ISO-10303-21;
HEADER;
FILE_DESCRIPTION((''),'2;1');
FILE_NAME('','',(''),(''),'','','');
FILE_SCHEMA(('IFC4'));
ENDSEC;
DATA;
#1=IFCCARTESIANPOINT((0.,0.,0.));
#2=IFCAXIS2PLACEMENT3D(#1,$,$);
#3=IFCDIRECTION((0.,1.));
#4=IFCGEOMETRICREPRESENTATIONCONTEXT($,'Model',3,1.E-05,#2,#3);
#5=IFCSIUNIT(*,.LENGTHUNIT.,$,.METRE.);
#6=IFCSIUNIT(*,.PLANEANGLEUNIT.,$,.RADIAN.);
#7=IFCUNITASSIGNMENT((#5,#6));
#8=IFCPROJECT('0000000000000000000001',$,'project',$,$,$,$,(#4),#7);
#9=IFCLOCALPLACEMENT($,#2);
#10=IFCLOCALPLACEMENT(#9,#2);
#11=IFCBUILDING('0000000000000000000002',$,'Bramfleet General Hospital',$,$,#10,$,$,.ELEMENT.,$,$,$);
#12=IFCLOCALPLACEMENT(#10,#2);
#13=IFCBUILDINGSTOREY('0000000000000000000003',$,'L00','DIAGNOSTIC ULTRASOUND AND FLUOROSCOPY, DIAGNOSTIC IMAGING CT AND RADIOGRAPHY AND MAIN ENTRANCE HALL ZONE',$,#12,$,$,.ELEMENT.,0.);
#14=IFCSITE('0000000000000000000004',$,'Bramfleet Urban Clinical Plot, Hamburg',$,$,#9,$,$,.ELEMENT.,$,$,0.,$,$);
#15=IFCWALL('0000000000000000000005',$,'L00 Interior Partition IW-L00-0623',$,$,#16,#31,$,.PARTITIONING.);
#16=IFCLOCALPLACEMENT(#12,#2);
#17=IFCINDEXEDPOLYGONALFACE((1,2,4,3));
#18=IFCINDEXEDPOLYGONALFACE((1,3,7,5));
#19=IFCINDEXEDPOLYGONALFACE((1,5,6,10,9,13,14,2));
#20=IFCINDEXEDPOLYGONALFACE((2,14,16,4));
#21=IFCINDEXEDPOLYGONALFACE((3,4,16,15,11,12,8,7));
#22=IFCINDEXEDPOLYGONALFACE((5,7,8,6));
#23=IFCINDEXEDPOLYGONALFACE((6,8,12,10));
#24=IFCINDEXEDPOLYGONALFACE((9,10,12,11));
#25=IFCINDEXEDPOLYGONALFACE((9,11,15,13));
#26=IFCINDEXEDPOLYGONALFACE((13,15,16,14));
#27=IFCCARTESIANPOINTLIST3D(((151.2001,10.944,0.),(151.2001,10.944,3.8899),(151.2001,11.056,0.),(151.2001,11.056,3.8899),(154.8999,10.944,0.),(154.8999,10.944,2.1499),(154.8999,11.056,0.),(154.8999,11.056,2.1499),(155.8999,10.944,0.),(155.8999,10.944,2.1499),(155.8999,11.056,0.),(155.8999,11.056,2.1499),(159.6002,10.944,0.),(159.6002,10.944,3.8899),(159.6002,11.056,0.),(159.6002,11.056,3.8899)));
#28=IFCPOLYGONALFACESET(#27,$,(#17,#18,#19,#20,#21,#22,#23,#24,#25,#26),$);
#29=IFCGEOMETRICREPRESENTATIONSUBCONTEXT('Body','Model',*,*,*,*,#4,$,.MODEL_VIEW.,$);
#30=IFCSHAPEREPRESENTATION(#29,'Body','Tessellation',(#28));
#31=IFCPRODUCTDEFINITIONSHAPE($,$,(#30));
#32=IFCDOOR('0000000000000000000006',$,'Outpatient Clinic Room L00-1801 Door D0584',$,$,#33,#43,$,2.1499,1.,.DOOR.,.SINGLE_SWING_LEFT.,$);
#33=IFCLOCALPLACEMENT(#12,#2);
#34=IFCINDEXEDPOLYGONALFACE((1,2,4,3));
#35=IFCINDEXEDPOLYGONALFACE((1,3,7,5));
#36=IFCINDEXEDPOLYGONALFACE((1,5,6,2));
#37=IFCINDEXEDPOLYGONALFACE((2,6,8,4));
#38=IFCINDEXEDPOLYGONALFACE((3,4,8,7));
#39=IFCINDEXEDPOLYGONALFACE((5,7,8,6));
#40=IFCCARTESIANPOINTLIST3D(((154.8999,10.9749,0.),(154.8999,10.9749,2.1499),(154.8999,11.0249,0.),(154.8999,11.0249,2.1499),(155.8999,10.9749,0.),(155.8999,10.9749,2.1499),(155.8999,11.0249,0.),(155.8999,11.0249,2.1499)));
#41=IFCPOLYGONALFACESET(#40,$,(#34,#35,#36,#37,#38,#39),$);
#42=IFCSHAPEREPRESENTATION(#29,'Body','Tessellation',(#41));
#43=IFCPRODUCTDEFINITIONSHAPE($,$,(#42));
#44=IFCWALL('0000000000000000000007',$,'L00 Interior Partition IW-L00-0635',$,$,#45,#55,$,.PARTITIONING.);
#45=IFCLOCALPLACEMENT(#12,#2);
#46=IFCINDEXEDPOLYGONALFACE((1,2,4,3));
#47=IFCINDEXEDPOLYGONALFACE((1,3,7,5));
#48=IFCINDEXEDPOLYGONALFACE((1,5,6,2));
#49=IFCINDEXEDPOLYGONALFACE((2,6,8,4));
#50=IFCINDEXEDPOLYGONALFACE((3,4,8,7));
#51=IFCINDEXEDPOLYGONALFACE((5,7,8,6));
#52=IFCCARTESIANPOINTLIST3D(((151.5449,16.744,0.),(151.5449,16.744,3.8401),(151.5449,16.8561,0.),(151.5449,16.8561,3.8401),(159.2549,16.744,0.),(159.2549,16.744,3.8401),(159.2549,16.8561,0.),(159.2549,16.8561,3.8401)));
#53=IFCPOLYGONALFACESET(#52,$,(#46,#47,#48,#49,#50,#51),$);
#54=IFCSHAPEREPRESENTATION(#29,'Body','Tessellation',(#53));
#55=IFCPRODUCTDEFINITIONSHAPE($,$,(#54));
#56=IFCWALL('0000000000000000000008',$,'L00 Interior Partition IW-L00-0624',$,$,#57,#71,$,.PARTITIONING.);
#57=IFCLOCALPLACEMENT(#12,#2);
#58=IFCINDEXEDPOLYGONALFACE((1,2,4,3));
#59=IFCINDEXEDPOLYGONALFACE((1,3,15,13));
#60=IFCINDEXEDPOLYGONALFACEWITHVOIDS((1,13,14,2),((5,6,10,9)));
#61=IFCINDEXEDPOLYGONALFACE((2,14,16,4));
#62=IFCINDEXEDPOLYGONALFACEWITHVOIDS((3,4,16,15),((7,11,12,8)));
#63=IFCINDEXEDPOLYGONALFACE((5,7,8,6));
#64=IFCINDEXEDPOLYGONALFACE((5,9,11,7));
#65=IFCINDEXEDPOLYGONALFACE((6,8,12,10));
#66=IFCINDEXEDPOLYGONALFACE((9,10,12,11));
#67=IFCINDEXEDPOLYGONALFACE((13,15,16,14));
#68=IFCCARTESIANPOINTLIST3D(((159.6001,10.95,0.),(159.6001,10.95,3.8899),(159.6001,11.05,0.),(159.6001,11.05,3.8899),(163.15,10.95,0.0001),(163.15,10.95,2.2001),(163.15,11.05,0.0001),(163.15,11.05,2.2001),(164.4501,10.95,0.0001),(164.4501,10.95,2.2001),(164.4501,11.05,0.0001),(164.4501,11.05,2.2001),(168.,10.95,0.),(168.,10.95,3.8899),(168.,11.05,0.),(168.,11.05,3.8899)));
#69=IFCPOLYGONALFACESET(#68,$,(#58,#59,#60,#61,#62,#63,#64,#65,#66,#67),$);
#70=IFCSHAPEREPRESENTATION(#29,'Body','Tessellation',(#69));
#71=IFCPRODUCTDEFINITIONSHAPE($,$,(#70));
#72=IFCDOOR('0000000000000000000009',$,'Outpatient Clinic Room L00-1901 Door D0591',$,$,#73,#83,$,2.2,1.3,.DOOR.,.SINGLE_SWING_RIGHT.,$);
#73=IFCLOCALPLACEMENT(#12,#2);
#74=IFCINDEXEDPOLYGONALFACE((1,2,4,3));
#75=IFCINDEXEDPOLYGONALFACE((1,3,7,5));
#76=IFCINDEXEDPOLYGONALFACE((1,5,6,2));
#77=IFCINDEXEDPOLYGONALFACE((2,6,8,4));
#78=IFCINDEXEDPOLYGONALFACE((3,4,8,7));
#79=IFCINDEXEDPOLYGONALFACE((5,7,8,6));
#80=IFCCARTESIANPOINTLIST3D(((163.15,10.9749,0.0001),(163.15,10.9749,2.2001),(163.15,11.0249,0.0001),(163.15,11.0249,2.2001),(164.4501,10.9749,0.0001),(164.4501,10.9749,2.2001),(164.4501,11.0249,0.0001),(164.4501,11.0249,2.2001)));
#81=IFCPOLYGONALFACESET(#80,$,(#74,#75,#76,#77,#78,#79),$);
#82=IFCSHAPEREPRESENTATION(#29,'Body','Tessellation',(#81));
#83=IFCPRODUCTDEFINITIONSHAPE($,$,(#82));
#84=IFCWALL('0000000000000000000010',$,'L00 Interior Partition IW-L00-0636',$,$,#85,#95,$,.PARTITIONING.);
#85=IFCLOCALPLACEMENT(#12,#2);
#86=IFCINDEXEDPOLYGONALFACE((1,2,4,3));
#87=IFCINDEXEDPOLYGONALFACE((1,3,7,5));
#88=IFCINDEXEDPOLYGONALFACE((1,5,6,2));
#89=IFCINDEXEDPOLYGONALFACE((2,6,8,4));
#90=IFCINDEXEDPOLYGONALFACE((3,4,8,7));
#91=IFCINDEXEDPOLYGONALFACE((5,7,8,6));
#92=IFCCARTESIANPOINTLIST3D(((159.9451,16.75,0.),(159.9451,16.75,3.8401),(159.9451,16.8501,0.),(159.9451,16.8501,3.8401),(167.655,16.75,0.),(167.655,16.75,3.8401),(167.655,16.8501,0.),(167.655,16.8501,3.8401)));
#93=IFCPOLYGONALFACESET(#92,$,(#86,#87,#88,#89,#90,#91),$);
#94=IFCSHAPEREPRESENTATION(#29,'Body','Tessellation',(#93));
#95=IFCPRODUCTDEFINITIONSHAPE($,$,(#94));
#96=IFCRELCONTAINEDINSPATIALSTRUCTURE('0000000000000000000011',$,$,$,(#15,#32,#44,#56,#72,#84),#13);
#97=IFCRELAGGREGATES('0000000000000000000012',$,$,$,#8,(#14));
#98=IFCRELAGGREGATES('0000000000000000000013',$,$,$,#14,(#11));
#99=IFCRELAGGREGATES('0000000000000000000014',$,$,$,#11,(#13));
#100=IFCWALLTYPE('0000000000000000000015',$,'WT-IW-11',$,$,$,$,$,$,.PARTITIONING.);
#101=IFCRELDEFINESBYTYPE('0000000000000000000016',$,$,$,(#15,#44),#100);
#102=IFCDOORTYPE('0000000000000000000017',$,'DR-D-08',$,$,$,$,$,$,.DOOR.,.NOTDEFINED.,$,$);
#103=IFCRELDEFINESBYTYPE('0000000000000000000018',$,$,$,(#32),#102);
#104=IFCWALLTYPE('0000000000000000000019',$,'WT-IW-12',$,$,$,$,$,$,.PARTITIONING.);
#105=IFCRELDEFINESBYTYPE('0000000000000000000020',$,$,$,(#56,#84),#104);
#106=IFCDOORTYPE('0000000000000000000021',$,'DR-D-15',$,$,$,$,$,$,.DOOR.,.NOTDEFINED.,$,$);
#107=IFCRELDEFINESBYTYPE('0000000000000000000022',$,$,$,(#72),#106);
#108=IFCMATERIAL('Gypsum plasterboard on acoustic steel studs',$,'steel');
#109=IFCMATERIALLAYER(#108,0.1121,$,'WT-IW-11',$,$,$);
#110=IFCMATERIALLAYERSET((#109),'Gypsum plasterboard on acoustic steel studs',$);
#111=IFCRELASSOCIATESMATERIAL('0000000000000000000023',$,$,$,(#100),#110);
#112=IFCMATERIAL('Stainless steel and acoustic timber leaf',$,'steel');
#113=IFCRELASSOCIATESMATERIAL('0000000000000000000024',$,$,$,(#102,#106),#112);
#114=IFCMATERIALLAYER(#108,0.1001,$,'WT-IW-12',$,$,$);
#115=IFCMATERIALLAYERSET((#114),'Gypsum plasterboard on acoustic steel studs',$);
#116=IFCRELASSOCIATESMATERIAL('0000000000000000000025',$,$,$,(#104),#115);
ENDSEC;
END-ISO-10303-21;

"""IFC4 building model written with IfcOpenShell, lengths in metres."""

from ifc_helpers import new_model, si_unit, direction, frame, frame_2d, origin, place, context, subcontext, project, spatial, rectangle, extrude, material, layer, layer_set, type_object, element, fill, save


model = new_model("IFC4")

# Units and contexts
model_context = context("Model", 3, precision=1e-05, world=origin(), true_north=direction((0.0, 1.0)))
body_context = subcontext(model_context, "Body", "Model", "MODEL_VIEW")
ifc_project = project(units=[si_unit("LENGTHUNIT", "METRE"), si_unit("PLANEANGLEUNIT", "RADIAN")], contexts=[model_context])

# Site, building, storey
site_placement = place(None, origin())
site = spatial("IfcSite", under=ifc_project, at=site_placement, Name="Bramfleet Urban Clinical Plot, Hamburg", CompositionType="ELEMENT", RefElevation=0.0)
building_placement = place(site_placement, origin())
building = spatial("IfcBuilding", under=site, at=building_placement, Name="Bramfleet General Hospital", CompositionType="ELEMENT")
storey_placement = place(building_placement, origin())
storey = spatial("IfcBuildingStorey", under=building, at=storey_placement, Name="L00", Description="DIAGNOSTIC ULTRASOUND AND FLUOROSCOPY, DIAGNOSTIC IMAGING CT AND RADIOGRAPHY AND MAIN ENTRANCE HALL ZONE", CompositionType="ELEMENT", Elevation=0.0)

# Shared definitions
ifc_material_1 = material(Name="Gypsum plasterboard on acoustic steel studs", Category="steel")

# Wall, opening, door
ifc_layer_1 = layer(ifc_material_1, 0.1121, Name="WT-IW-11")
ifc_layer_set_1 = layer_set([ifc_layer_1], Name="Gypsum plasterboard on acoustic steel studs")
wall_type_1 = type_object("IfcWallType", Name="WT-IW-11", PredefinedType="PARTITIONING", material=ifc_layer_set_1)
wall_1_placement = place(storey_placement, frame((151.2, 11.0, 0.0), z_axis=(0.0, 0.0, 1.0), x_axis=(1.0, 0.0, 0.0)))
wall_1 = element("IfcWall", 1, at=wall_1_placement, inside=storey, type_object=wall_type_1, Name="L00 Interior Partition IW-L00-0623", PredefinedType="PARTITIONING", context=body_context, shape_type="SweptSolid", body=[
    extrude(rectangle(XDim=8.4001, YDim=0.1121, at=frame_2d((4.2002, 0.0))), origin(), (0.0, 0.0, 1.0), 3.8899),
])
opening_1_placement = place(wall_1_placement, frame((3.7, 0.0, 0.0)))
opening_1 = element("IfcOpeningElement", 2, at=opening_1_placement, cuts=wall_1, PredefinedType="OPENING", context=body_context, shape_type="SweptSolid", body=[
    extrude(rectangle(XDim=1.0, YDim=2.1499, at=frame_2d((0.5, 1.075))), frame((0.0, 0.0659, 0.0), z_axis=(0.0, -1.0, 0.0), x_axis=(1.0, 0.0, 0.0)), (0.0, 0.0, 1.0), 0.1321),
])
ifc_material_2 = material(Name="Stainless steel and acoustic timber leaf", Category="steel")
door_type_1 = type_object("IfcDoorType", Name="DR-D-08", OperationType="NOTDEFINED", PredefinedType="DOOR", material=ifc_material_2)
door_1_placement = place(opening_1_placement, origin())
door_1 = element("IfcDoor", 3, at=door_1_placement, inside=storey, type_object=door_type_1, Name="Outpatient Clinic Room L00-1801 Door D0584", OperationType="SINGLE_SWING_LEFT", OverallHeight=2.1499, OverallWidth=1.0, PredefinedType="DOOR", context=body_context, shape_type="SweptSolid", body=[
    extrude(rectangle(XDim=1.0, YDim=2.1499, at=frame_2d((0.5, 1.075))), frame((0.0, 0.0249, 0.0), z_axis=(0.0, -1.0, 0.0), x_axis=(1.0, 0.0, 0.0)), (0.0, 0.0, 1.0), 0.05),
])
fill(opening_1, door_1)

# Wall
wall_2_placement = place(storey_placement, frame((151.5449, 16.8, 0.0), z_axis=(0.0, 0.0, 1.0), x_axis=(1.0, 0.0, 0.0)))
element("IfcWall", 4, at=wall_2_placement, inside=storey, type_object=wall_type_1, Name="L00 Interior Partition IW-L00-0635", PredefinedType="PARTITIONING", context=body_context, shape_type="SweptSolid", body=[
    extrude(rectangle(XDim=7.71, YDim=0.1121, at=frame_2d((3.855, 0.0))), origin(), (0.0, 0.0, 1.0), 3.8401),
])

# Wall, opening, door
ifc_layer_2 = layer(ifc_material_1, 0.1001, Name="WT-IW-12")
ifc_layer_set_2 = layer_set([ifc_layer_2], Name="Gypsum plasterboard on acoustic steel studs")
wall_type_2 = type_object("IfcWallType", Name="WT-IW-12", PredefinedType="PARTITIONING", material=ifc_layer_set_2)
wall_3_placement = place(storey_placement, frame((159.6001, 11.0, 0.0), z_axis=(0.0, 0.0, 1.0), x_axis=(1.0, 0.0, 0.0)))
wall_3 = element("IfcWall", 5, at=wall_3_placement, inside=storey, type_object=wall_type_2, Name="L00 Interior Partition IW-L00-0624", PredefinedType="PARTITIONING", context=body_context, shape_type="SweptSolid", body=[
    extrude(rectangle(XDim=8.3999, YDim=0.1001, at=frame_2d((4.2, 0.0))), origin(), (0.0, 0.0, 1.0), 3.8899),
])
opening_2_placement = place(wall_3_placement, frame((3.55, 0.0, 0.0)))
opening_2 = element("IfcOpeningElement", 6, at=opening_2_placement, cuts=wall_3, PredefinedType="OPENING", context=body_context, shape_type="SweptSolid", body=[
    extrude(rectangle(XDim=1.3, YDim=2.2, at=frame_2d((0.6499, 1.1001))), frame((0.0, 0.0601, 0.0), z_axis=(0.0, -1.0, 0.0), x_axis=(1.0, 0.0, 0.0)), (0.0, 0.0, 1.0), 0.1201),
])
door_type_2 = type_object("IfcDoorType", Name="DR-D-15", OperationType="NOTDEFINED", PredefinedType="DOOR", material=ifc_material_2)
door_2_placement = place(opening_2_placement, origin())
door_2 = element("IfcDoor", 7, at=door_2_placement, inside=storey, type_object=door_type_2, Name="Outpatient Clinic Room L00-1901 Door D0591", OperationType="SINGLE_SWING_RIGHT", OverallHeight=2.2, OverallWidth=1.3, PredefinedType="DOOR", context=body_context, shape_type="SweptSolid", body=[
    extrude(rectangle(XDim=1.3, YDim=2.2, at=frame_2d((0.6499, 1.1001))), frame((0.0, 0.0249, 0.0), z_axis=(0.0, -1.0, 0.0), x_axis=(1.0, 0.0, 0.0)), (0.0, 0.0, 1.0), 0.05),
])
fill(opening_2, door_2)

# Wall
wall_4_placement = place(storey_placement, frame((159.9451, 16.8, 0.0), z_axis=(0.0, 0.0, 1.0), x_axis=(1.0, 0.0, 0.0)))
element("IfcWall", 8, at=wall_4_placement, inside=storey, type_object=wall_type_2, Name="L00 Interior Partition IW-L00-0636", PredefinedType="PARTITIONING", context=body_context, shape_type="SweptSolid", body=[
    extrude(rectangle(XDim=7.71, YDim=0.1001, at=frame_2d((3.855, 0.0))), origin(), (0.0, 0.0, 1.0), 3.8401),
])

save(model, "model.ifc")
